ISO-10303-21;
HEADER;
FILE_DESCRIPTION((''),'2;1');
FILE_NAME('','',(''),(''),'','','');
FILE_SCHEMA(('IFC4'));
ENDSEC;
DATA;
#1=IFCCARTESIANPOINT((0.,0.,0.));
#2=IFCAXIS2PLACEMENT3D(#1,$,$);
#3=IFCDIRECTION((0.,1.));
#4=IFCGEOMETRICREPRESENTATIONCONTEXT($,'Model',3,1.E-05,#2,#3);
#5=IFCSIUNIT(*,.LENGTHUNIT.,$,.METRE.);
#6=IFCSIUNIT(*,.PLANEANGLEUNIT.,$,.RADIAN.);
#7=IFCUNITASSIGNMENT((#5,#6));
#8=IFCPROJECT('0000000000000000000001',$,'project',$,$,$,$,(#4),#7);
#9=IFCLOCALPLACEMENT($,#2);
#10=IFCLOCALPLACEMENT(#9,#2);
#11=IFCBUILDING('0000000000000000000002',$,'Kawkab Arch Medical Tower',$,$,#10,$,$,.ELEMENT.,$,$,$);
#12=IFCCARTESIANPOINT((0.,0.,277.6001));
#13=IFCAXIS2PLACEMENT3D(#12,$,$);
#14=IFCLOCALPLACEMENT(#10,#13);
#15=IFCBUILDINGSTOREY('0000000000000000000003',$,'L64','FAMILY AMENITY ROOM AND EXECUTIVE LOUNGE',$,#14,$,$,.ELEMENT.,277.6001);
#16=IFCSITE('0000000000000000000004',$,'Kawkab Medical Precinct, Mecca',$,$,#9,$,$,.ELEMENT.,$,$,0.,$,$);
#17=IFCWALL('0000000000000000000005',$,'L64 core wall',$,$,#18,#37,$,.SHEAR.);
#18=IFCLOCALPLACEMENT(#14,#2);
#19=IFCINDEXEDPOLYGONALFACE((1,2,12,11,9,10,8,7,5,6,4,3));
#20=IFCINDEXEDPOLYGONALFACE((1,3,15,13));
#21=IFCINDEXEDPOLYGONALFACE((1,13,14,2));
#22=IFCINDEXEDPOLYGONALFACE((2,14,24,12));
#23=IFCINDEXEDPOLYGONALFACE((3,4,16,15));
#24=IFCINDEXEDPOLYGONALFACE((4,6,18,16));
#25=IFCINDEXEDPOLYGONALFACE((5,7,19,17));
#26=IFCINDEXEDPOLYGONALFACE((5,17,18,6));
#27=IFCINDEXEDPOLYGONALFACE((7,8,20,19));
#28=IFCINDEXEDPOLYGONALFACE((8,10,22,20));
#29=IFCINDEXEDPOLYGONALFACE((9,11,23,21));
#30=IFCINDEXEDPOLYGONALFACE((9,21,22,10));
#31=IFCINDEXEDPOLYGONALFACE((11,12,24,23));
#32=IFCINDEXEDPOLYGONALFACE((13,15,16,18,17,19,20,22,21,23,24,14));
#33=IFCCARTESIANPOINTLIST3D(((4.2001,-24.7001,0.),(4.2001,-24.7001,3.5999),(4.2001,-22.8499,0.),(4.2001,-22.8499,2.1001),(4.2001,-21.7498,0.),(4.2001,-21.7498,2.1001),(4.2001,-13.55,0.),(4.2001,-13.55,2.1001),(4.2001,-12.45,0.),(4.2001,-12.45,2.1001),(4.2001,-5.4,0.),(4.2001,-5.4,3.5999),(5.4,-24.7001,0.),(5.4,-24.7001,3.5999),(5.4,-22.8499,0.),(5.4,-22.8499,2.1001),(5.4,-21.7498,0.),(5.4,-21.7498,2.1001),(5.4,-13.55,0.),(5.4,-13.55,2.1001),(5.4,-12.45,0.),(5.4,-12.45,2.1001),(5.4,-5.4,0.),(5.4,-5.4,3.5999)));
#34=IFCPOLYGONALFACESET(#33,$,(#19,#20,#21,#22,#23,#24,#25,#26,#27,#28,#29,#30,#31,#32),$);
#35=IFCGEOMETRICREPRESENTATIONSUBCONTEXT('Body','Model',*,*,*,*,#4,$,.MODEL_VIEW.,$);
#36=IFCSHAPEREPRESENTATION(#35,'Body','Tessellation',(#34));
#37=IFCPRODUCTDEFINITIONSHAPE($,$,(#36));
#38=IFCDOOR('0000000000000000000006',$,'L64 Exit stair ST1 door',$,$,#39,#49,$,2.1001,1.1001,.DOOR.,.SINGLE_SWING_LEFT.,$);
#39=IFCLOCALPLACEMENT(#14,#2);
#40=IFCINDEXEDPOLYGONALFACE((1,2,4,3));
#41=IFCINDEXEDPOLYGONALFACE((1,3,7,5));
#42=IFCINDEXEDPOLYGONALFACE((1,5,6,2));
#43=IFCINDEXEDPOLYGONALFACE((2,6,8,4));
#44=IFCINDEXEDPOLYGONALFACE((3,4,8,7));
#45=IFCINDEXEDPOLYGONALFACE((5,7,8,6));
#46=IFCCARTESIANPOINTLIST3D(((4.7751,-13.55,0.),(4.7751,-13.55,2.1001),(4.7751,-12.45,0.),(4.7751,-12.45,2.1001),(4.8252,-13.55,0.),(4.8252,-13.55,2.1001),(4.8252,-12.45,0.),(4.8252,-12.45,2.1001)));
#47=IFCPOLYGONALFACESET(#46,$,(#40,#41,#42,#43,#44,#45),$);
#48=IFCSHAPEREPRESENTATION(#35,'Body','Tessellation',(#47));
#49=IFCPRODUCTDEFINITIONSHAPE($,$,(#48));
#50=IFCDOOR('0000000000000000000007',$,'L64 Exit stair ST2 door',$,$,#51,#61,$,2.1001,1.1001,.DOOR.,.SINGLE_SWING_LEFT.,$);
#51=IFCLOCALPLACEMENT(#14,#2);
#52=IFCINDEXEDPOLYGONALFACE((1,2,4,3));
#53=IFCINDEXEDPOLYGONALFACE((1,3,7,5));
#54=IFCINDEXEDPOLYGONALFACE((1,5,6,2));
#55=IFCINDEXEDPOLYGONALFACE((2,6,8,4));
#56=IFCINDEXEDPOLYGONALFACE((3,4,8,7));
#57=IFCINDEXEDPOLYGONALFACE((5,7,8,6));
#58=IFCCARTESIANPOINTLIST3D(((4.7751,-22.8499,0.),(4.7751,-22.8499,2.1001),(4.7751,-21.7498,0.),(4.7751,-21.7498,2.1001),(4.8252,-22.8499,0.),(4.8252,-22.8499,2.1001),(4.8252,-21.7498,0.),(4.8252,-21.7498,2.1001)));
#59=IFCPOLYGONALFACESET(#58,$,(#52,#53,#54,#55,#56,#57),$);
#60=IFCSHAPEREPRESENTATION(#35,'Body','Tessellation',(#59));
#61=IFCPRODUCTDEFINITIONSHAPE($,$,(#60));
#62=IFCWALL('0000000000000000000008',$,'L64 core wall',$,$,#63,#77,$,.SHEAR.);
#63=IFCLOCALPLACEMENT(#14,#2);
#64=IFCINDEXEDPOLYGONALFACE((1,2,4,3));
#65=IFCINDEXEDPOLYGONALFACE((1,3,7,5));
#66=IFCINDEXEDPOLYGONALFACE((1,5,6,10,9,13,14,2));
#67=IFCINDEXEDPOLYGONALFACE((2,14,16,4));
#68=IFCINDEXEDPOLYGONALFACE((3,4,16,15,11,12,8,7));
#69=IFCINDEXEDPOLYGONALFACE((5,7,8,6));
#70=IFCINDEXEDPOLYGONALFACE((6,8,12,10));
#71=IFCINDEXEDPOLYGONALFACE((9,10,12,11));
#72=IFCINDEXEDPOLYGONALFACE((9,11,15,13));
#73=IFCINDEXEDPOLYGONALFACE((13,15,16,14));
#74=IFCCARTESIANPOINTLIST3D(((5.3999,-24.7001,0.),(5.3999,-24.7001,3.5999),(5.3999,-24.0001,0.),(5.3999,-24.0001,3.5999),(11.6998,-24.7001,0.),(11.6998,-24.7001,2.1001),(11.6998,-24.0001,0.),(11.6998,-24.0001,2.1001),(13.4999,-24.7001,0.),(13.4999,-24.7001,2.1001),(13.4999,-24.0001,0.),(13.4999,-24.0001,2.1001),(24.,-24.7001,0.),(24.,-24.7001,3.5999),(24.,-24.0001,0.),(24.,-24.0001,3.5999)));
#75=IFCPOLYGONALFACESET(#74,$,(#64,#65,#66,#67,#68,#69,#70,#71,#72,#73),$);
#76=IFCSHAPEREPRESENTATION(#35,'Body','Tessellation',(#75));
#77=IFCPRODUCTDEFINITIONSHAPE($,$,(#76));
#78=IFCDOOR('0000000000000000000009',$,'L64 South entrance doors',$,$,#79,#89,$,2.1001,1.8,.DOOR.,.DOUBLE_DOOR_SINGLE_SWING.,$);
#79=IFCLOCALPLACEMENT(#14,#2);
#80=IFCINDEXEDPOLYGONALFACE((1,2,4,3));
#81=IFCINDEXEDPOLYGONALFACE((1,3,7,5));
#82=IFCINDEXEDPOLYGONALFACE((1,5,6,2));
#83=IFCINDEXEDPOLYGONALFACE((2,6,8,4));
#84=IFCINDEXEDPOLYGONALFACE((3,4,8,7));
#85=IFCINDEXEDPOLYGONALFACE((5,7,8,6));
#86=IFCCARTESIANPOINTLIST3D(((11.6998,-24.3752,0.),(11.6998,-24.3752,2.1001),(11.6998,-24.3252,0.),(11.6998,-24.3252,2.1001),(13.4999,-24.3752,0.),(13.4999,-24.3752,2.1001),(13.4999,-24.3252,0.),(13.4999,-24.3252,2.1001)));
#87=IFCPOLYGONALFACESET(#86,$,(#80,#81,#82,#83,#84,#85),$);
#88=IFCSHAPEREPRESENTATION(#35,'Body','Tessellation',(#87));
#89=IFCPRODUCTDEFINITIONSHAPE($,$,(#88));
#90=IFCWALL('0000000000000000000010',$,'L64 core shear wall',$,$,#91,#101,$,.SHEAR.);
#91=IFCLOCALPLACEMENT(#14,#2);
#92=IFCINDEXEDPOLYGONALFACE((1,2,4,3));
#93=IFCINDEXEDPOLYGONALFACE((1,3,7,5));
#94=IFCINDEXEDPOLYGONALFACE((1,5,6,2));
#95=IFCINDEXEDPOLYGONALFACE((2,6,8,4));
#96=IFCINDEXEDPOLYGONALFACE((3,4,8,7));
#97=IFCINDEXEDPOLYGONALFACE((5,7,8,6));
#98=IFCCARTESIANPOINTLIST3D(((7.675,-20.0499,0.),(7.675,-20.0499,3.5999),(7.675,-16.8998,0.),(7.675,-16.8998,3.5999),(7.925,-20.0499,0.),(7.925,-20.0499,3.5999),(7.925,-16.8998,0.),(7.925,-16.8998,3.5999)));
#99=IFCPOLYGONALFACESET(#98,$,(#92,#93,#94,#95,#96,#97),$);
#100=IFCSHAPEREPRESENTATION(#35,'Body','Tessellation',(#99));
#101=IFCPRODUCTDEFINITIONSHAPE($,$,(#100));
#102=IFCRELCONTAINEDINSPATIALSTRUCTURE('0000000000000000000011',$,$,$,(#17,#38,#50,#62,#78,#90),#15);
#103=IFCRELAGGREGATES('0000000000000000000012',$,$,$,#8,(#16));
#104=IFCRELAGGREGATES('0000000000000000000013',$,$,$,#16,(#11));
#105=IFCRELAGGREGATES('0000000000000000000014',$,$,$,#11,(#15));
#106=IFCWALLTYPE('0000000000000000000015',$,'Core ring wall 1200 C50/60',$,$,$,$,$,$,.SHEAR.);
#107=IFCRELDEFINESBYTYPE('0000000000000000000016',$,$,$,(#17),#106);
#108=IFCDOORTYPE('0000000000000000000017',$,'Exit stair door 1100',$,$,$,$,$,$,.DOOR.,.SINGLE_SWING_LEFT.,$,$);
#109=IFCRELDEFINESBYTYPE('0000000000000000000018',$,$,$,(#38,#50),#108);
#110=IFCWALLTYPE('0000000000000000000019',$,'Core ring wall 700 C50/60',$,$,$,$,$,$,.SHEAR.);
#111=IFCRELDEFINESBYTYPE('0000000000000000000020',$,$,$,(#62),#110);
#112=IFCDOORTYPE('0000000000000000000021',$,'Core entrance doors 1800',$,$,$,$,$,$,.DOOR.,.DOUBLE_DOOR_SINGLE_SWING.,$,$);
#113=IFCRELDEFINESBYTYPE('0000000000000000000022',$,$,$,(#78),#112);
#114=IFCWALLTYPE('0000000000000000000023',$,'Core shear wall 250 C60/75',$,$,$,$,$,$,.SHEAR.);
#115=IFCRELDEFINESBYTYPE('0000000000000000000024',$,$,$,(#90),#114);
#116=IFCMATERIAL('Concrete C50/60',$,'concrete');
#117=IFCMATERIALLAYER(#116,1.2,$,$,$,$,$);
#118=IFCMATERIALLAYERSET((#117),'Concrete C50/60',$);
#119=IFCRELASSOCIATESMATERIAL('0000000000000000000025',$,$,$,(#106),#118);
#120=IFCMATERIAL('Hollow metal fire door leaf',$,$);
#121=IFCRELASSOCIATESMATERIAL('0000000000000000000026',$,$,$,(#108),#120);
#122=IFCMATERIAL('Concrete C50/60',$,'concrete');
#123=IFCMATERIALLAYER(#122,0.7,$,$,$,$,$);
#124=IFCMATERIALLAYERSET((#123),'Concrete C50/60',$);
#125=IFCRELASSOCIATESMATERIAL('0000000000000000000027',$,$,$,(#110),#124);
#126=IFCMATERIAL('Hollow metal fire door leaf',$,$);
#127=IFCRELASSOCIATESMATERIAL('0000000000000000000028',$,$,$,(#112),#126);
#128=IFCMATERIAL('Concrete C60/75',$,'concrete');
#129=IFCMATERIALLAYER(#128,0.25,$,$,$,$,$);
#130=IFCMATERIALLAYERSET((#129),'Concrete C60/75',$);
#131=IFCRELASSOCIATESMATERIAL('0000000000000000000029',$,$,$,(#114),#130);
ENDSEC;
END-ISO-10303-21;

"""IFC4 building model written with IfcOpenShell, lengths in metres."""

from ifc_helpers import new_model, si_unit, direction, frame, frame_2d, origin, place, context, subcontext, project, spatial, rectangle, extrude, material, layer, layer_set, type_object, element, fill, save


model = new_model("IFC4")

# Units and contexts
model_context = context("Model", 3, precision=1e-05, world=origin(), true_north=direction((0.0, 1.0)))
body_context = subcontext(model_context, "Body", "Model", "MODEL_VIEW")
ifc_project = project(units=[si_unit("LENGTHUNIT", "METRE"), si_unit("PLANEANGLEUNIT", "RADIAN")], contexts=[model_context])

# Site, building, storey
site_placement = place(None, origin())
site = spatial("IfcSite", under=ifc_project, at=site_placement, Name="Kawkab Medical Precinct, Mecca", CompositionType="ELEMENT", RefElevation=0.0)
building_placement = place(site_placement, origin())
building = spatial("IfcBuilding", under=site, at=building_placement, Name="Kawkab Arch Medical Tower", CompositionType="ELEMENT")
storey_placement = place(building_placement, frame((0.0, 0.0, 277.6001)))
storey = spatial("IfcBuildingStorey", under=building, at=storey_placement, Name="L64", Description="FAMILY AMENITY ROOM AND EXECUTIVE LOUNGE", CompositionType="ELEMENT", Elevation=277.6001)

# Wall, openings, doors
ifc_material_1 = material(Name="Concrete C50/60", Category="concrete")
ifc_layer_1 = layer(ifc_material_1, 1.2)
ifc_layer_set_1 = layer_set([ifc_layer_1], Name="Concrete C50/60")
wall_type_1 = type_object("IfcWallType", Name="Core ring wall 1200 C50/60", PredefinedType="SHEAR", material=ifc_layer_set_1)
wall_1_placement = place(storey_placement, frame((4.8, -24.7, 0.0), z_axis=(0.0, 0.0, 1.0), x_axis=(0.0, 1.0, 0.0)))
wall_1 = element("IfcWall", 1, at=wall_1_placement, inside=storey, type_object=wall_type_1, Name="L64 core wall", PredefinedType="SHEAR", context=body_context, shape_type="SweptSolid", body=[
    extrude(rectangle(XDim=19.3, YDim=1.2, at=frame_2d((9.6499, 0.0))), origin(), (0.0, 0.0, 1.0), 3.5999),
])
opening_1_placement = place(wall_1_placement, frame((11.1499, 0.0, 0.0)))
opening_1 = element("IfcOpeningElement", 2, at=opening_1_placement, cuts=wall_1, PredefinedType="OPENING", context=body_context, shape_type="SweptSolid", body=[
    extrude(rectangle(XDim=1.1001, YDim=2.1001, at=frame_2d((0.55, 1.05))), frame((0.0, 0.6099, 0.0), z_axis=(0.0, -1.0, 0.0), x_axis=(1.0, 0.0, 0.0)), (0.0, 0.0, 1.0), 1.22),
])
opening_2_placement = place(wall_1_placement, frame((1.8501, 0.0, 0.0)))
opening_2 = element("IfcOpeningElement", 3, at=opening_2_placement, cuts=wall_1, PredefinedType="OPENING", context=body_context, shape_type="SweptSolid", body=[
    extrude(rectangle(XDim=1.1001, YDim=2.1001, at=frame_2d((0.55, 1.05))), frame((0.0, 0.6099, 0.0), z_axis=(0.0, -1.0, 0.0), x_axis=(1.0, 0.0, 0.0)), (0.0, 0.0, 1.0), 1.22),
])
ifc_material_2 = material(Name="Hollow metal fire door leaf")
door_type_1 = type_object("IfcDoorType", Name="Exit stair door 1100", OperationType="SINGLE_SWING_LEFT", PredefinedType="DOOR", material=ifc_material_2)
door_1_placement = place(opening_1_placement, origin())
door_1 = element("IfcDoor", 4, at=door_1_placement, inside=storey, type_object=door_type_1, Name="L64 Exit stair ST1 door", OperationType="SINGLE_SWING_LEFT", OverallHeight=2.1001, OverallWidth=1.1001, PredefinedType="DOOR", context=body_context, shape_type="SweptSolid", body=[
    extrude(rectangle(XDim=1.1001, YDim=2.1001, at=frame_2d((0.55, 1.05))), frame((0.0, 0.0249, 0.0), z_axis=(0.0, -1.0, 0.0), x_axis=(1.0, 0.0, 0.0)), (0.0, 0.0, 1.0), 0.05),
])
fill(opening_1, door_1)
door_2_placement = place(opening_2_placement, origin())
door_2 = element("IfcDoor", 5, at=door_2_placement, inside=storey, type_object=door_type_1, Name="L64 Exit stair ST2 door", OperationType="SINGLE_SWING_LEFT", OverallHeight=2.1001, OverallWidth=1.1001, PredefinedType="DOOR", context=body_context, shape_type="SweptSolid", body=[
    extrude(rectangle(XDim=1.1001, YDim=2.1001, at=frame_2d((0.55, 1.05))), frame((0.0, 0.0249, 0.0), z_axis=(0.0, -1.0, 0.0), x_axis=(1.0, 0.0, 0.0)), (0.0, 0.0, 1.0), 0.05),
])
fill(opening_2, door_2)

# Wall, opening, door
ifc_material_3 = material(Name="Concrete C50/60", Category="concrete")
ifc_layer_2 = layer(ifc_material_3, 0.7)
ifc_layer_set_2 = layer_set([ifc_layer_2], Name="Concrete C50/60")
wall_type_2 = type_object("IfcWallType", Name="Core ring wall 700 C50/60", PredefinedType="SHEAR", material=ifc_layer_set_2)
wall_2_placement = place(storey_placement, frame((5.3999, -24.3501, 0.0), z_axis=(0.0, 0.0, 1.0), x_axis=(1.0, 0.0, 0.0)))
wall_2 = element("IfcWall", 6, at=wall_2_placement, inside=storey, type_object=wall_type_2, Name="L64 core wall", PredefinedType="SHEAR", context=body_context, shape_type="SweptSolid", body=[
    extrude(rectangle(XDim=18.6001, YDim=0.7, at=frame_2d((9.3, 0.0))), origin(), (0.0, 0.0, 1.0), 3.5999),
])
opening_3_placement = place(wall_2_placement, frame((6.3, 0.0, 0.0)))
opening_3 = element("IfcOpeningElement", 7, at=opening_3_placement, cuts=wall_2, PredefinedType="OPENING", context=body_context, shape_type="SweptSolid", body=[
    extrude(rectangle(XDim=1.8, YDim=2.1001, at=frame_2d((0.8999, 1.05))), frame((0.0, 0.3599, 0.0), z_axis=(0.0, -1.0, 0.0), x_axis=(1.0, 0.0, 0.0)), (0.0, 0.0, 1.0), 0.72),
])
ifc_material_4 = material(Name="Hollow metal fire door leaf")
door_type_2 = type_object("IfcDoorType", Name="Core entrance doors 1800", OperationType="DOUBLE_DOOR_SINGLE_SWING", PredefinedType="DOOR", material=ifc_material_4)
door_3_placement = place(opening_3_placement, origin())
door_3 = element("IfcDoor", 8, at=door_3_placement, inside=storey, type_object=door_type_2, Name="L64 South entrance doors", OperationType="DOUBLE_DOOR_SINGLE_SWING", OverallHeight=2.1001, OverallWidth=1.8, PredefinedType="DOOR", context=body_context, shape_type="SweptSolid", body=[
    extrude(rectangle(XDim=1.8, YDim=2.1001, at=frame_2d((0.8999, 1.05))), frame((0.0, 0.0249, 0.0), z_axis=(0.0, -1.0, 0.0), x_axis=(1.0, 0.0, 0.0)), (0.0, 0.0, 1.0), 0.05),
])
fill(opening_3, door_3)

# Wall
ifc_material_5 = material(Name="Concrete C60/75", Category="concrete")
ifc_layer_3 = layer(ifc_material_5, 0.25)
ifc_layer_set_3 = layer_set([ifc_layer_3], Name="Concrete C60/75")
wall_type_3 = type_object("IfcWallType", Name="Core shear wall 250 C60/75", PredefinedType="SHEAR", material=ifc_layer_set_3)
wall_3_placement = place(storey_placement, frame((7.8, -20.05, 0.0), z_axis=(0.0, 0.0, 1.0), x_axis=(0.0, 1.0, 0.0)))
element("IfcWall", 9, at=wall_3_placement, inside=storey, type_object=wall_type_3, Name="L64 core shear wall", PredefinedType="SHEAR", context=body_context, shape_type="SweptSolid", body=[
    extrude(rectangle(XDim=3.1501, YDim=0.25, at=frame_2d((1.5752, 0.0))), origin(), (0.0, 0.0, 1.0), 3.5999),
])

save(model, "model.ifc")
